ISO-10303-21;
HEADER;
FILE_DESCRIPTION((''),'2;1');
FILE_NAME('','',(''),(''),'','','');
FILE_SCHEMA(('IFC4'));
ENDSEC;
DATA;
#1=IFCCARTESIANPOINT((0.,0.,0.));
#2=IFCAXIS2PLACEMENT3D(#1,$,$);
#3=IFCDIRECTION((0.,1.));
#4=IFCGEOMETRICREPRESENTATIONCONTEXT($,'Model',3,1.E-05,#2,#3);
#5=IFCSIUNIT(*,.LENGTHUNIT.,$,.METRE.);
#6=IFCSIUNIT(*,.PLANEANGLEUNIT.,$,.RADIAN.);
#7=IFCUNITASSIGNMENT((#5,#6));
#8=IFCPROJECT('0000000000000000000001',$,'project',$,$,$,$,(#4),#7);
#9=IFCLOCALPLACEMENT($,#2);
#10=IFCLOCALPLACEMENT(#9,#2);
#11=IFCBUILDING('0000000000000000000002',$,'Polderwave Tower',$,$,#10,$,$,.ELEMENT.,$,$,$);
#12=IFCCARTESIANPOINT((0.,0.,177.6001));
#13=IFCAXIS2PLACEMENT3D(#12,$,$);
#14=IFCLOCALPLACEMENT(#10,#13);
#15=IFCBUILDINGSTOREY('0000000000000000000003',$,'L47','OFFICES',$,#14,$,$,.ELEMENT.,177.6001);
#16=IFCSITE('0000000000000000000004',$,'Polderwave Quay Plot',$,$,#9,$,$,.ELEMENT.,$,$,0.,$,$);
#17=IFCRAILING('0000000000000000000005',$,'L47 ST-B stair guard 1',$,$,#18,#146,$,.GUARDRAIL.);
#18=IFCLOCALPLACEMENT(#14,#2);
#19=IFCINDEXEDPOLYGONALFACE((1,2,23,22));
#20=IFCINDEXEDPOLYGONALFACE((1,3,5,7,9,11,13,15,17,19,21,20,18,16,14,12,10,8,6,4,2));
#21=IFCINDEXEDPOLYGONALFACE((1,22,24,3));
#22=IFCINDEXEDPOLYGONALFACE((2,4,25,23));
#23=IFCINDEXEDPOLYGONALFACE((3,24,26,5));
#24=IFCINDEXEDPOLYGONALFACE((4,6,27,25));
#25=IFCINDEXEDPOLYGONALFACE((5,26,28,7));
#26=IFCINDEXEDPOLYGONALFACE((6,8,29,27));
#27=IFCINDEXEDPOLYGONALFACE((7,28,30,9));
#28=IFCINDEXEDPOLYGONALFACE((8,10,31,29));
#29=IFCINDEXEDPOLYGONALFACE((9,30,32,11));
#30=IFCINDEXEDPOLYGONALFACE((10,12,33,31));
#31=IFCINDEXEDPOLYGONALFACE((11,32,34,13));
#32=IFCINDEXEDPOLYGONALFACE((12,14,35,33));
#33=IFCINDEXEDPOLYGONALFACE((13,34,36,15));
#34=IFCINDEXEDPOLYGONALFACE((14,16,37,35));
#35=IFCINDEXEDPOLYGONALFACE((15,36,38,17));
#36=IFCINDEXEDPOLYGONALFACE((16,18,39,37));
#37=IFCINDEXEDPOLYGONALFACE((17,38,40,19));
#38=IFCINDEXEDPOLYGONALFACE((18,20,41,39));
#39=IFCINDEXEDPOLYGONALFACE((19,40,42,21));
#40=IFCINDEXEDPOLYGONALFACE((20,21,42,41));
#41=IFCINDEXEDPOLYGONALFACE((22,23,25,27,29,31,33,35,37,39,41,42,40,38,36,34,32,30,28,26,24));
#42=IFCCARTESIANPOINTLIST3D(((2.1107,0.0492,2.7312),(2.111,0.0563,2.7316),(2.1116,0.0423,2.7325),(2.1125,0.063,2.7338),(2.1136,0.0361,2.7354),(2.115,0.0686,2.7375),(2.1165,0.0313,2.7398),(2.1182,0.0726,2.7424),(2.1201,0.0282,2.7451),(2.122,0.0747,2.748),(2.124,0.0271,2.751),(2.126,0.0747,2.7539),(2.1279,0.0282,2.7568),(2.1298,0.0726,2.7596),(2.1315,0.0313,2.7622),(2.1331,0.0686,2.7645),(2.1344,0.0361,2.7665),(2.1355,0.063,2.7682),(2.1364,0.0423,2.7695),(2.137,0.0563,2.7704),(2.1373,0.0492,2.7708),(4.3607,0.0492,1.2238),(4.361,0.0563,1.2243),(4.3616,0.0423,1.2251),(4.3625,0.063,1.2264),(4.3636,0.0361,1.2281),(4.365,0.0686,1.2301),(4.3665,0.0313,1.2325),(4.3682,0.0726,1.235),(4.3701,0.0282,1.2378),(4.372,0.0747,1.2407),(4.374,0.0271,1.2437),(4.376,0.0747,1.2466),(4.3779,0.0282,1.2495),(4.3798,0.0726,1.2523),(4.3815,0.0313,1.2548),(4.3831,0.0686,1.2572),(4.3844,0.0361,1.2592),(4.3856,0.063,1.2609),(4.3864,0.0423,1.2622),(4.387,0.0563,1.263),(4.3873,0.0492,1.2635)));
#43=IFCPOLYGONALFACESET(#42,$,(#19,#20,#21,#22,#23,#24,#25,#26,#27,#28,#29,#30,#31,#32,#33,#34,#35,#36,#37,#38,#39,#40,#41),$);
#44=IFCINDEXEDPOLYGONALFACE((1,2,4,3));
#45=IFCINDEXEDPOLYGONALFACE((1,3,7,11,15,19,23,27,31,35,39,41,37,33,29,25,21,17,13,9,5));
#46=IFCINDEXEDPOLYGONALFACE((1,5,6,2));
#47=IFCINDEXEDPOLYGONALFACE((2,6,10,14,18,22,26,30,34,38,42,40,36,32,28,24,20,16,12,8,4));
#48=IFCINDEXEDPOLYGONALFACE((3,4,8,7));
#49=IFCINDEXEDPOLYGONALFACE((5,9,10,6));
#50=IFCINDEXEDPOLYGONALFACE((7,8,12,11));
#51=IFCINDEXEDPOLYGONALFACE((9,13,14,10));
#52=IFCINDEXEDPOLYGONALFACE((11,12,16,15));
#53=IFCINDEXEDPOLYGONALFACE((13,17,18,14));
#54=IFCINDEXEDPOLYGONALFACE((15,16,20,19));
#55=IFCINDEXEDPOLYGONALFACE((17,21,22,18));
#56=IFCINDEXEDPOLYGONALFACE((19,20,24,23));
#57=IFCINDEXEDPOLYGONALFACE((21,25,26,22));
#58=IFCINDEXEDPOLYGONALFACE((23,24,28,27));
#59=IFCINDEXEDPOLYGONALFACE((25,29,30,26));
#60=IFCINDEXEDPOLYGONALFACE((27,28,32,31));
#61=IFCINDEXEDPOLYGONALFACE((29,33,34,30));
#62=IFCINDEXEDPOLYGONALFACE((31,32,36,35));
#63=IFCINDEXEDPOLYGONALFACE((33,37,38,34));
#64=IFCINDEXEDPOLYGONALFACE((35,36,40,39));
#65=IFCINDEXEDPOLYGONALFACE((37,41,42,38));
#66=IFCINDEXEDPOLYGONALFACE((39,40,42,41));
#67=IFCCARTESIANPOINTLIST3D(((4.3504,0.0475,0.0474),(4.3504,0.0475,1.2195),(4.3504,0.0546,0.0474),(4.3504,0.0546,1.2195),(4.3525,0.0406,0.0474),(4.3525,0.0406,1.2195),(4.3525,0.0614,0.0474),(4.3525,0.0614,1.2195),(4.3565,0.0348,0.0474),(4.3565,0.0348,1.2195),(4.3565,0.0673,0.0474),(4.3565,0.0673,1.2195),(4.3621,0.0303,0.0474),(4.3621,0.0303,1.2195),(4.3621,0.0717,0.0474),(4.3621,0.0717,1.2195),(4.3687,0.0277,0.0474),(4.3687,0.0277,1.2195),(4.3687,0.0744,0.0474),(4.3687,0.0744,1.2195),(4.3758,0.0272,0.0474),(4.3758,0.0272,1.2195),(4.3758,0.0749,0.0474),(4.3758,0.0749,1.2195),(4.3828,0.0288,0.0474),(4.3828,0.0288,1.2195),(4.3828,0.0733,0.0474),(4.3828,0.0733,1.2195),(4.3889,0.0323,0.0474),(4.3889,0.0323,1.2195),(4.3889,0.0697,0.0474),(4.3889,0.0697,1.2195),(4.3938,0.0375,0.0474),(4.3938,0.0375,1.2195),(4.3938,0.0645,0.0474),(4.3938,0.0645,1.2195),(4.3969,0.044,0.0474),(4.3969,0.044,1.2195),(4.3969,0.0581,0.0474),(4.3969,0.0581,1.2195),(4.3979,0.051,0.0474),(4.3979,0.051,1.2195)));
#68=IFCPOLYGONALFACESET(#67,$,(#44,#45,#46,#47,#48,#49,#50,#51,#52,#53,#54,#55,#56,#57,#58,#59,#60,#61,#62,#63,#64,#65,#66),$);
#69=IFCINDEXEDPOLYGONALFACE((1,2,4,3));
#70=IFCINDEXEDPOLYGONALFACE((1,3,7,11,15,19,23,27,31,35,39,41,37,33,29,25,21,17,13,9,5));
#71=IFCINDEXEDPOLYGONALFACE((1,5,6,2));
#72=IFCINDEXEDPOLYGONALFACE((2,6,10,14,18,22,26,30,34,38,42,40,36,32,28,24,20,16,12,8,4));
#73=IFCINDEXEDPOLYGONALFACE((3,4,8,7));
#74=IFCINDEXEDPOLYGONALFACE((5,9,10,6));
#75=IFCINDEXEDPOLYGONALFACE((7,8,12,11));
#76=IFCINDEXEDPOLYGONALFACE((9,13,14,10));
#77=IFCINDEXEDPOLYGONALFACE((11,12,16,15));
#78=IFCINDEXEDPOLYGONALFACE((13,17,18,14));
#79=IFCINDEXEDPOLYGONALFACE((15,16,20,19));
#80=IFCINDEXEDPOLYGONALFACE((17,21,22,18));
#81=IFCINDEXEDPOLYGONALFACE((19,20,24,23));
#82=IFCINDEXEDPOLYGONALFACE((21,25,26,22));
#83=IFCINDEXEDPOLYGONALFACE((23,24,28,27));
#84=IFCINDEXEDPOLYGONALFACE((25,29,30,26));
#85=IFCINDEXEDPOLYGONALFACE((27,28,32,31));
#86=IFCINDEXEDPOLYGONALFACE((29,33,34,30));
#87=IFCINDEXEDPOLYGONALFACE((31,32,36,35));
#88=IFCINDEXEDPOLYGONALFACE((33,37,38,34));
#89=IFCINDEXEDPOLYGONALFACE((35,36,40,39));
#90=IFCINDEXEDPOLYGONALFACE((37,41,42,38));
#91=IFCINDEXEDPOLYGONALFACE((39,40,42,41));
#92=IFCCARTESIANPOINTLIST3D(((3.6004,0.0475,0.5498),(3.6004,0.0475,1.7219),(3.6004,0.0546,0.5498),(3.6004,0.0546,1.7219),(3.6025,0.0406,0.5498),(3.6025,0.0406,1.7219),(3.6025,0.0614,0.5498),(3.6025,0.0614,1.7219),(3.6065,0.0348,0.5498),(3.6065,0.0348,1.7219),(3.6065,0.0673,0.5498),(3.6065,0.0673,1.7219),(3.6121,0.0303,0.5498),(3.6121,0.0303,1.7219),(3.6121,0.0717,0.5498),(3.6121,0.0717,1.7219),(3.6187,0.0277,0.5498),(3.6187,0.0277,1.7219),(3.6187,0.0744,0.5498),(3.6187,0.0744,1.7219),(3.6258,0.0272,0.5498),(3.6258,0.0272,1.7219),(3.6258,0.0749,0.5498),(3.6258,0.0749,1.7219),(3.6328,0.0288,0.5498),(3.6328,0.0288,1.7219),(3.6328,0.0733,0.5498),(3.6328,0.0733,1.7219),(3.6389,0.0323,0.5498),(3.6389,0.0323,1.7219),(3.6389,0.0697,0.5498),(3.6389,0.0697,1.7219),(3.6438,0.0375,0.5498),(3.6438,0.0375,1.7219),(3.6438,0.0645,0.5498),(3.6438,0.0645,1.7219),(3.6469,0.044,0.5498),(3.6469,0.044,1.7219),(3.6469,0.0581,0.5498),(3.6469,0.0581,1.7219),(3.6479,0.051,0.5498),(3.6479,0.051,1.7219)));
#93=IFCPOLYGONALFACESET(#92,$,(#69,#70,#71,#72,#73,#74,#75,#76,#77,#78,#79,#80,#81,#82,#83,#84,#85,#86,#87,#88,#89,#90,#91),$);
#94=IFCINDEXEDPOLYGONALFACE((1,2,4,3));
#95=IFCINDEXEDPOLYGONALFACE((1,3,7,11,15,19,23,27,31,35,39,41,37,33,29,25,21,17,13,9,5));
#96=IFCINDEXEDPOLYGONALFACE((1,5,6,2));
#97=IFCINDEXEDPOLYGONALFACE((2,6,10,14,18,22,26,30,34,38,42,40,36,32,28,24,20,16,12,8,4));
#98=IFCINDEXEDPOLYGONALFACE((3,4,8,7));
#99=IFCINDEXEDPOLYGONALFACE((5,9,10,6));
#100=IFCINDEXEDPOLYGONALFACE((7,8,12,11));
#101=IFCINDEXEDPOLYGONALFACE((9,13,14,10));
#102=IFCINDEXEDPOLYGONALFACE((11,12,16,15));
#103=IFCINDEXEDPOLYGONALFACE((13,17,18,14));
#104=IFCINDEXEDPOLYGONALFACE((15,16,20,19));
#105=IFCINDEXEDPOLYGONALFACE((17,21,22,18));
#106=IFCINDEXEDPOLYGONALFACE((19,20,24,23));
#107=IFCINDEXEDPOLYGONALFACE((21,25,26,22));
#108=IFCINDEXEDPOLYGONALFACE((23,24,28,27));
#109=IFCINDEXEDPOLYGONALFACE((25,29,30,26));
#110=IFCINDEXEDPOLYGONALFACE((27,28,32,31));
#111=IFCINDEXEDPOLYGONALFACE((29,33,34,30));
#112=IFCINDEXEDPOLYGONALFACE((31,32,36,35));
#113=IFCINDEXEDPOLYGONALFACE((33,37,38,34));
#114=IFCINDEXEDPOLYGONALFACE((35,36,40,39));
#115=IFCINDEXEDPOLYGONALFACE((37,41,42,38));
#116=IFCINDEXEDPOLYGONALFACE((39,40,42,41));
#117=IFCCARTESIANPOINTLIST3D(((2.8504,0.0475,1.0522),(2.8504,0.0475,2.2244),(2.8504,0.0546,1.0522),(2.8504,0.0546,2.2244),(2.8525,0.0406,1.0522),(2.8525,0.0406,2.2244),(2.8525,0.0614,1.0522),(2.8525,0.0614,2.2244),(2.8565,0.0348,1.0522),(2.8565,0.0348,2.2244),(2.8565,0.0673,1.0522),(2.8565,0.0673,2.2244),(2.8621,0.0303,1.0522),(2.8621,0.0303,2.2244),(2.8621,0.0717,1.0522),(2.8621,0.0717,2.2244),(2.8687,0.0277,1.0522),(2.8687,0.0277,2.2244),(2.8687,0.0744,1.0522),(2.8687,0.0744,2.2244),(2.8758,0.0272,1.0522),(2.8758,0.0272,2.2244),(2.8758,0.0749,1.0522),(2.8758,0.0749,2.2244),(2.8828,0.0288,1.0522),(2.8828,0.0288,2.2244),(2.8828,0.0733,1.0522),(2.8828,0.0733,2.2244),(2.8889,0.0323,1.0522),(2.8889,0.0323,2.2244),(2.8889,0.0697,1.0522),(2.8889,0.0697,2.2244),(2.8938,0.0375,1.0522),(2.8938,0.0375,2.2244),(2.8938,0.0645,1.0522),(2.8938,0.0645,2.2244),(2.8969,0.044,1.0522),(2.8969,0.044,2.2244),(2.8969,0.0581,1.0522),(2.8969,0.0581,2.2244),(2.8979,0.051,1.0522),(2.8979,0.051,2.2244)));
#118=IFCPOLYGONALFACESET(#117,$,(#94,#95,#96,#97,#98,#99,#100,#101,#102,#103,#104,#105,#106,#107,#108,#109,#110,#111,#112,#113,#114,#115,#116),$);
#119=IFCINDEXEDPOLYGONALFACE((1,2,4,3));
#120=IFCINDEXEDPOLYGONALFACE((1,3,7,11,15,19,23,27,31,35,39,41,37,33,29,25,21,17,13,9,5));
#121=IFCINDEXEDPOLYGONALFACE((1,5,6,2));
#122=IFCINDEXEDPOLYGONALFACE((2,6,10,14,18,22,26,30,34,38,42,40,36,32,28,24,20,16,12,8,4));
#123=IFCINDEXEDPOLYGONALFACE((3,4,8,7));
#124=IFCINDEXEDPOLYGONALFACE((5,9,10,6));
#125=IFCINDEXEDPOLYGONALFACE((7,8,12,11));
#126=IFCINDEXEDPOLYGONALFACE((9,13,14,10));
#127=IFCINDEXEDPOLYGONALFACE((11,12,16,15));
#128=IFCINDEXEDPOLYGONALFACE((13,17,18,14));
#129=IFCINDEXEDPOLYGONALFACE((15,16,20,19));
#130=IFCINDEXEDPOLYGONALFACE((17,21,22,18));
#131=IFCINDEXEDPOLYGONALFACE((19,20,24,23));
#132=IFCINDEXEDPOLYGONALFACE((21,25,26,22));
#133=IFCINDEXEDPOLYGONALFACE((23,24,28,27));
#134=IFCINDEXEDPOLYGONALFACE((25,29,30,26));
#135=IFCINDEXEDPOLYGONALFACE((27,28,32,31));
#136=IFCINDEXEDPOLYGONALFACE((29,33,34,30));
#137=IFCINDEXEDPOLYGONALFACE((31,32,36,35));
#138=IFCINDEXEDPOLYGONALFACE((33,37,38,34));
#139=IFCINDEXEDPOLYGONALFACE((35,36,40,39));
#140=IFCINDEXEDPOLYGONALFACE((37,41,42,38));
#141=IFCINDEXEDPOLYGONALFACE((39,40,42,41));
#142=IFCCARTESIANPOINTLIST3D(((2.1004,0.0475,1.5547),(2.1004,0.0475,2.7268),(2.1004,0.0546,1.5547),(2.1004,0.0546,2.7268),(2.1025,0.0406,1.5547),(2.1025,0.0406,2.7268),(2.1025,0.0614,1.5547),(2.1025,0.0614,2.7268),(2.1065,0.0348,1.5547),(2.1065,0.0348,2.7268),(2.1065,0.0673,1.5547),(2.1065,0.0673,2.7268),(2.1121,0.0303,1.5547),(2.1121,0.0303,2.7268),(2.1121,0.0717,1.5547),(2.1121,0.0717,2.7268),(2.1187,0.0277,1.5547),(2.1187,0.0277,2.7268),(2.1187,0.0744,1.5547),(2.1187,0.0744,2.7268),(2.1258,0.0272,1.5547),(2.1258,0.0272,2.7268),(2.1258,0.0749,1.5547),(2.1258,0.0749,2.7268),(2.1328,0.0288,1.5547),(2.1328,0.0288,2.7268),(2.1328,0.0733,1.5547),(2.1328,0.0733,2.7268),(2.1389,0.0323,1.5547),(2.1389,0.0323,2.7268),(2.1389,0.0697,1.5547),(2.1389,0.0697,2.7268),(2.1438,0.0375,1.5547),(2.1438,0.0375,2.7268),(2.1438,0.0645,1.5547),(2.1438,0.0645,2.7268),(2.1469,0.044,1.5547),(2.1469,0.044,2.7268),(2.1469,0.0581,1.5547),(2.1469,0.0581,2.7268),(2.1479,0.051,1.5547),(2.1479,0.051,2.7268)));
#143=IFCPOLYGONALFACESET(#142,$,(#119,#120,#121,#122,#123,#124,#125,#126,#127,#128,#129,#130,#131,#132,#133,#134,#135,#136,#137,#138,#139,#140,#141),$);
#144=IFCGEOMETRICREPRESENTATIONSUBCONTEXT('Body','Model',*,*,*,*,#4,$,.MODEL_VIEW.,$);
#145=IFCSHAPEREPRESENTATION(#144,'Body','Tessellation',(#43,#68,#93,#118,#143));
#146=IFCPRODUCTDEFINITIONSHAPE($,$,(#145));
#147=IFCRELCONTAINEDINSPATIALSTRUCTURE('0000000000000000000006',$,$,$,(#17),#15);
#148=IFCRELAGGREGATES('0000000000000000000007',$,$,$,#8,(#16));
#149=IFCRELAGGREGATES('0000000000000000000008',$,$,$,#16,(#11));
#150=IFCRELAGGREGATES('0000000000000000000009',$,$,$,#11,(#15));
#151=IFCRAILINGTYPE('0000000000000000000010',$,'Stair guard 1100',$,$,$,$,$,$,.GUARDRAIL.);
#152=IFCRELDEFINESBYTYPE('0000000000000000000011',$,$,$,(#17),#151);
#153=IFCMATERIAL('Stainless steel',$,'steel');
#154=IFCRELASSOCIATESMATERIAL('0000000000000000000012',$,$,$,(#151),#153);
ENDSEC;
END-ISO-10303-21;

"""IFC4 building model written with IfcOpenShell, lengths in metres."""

from ifc_helpers import new_model, si_unit, direction, frame, origin, origin_2d, place, context, subcontext, project, spatial, circle, extrude, material, type_object, element, save


model = new_model("IFC4")

# Units and contexts
model_context = context("Model", 3, precision=1e-05, world=origin(), true_north=direction((0.0, 1.0)))
body_context = subcontext(model_context, "Body", "Model", "MODEL_VIEW")
ifc_project = project(units=[si_unit("LENGTHUNIT", "METRE"), si_unit("PLANEANGLEUNIT", "RADIAN")], contexts=[model_context])

# Site, building, storey
site_placement = place(None, origin())
site = spatial("IfcSite", under=ifc_project, at=site_placement, Name="Polderwave Quay Plot", CompositionType="ELEMENT", RefElevation=0.0)
building_placement = place(site_placement, origin())
building = spatial("IfcBuilding", under=site, at=building_placement, Name="Polderwave Tower", CompositionType="ELEMENT")
storey_placement = place(building_placement, frame((0.0, 0.0, 177.6001)))
storey = spatial("IfcBuildingStorey", under=building, at=storey_placement, Name="L47", Description="OFFICES", CompositionType="ELEMENT", Elevation=177.6001)

# Railing
ifc_material_1 = material(Name="Stainless steel", Category="steel")
railing_type_1 = type_object("IfcRailingType", Name="Stair guard 1100", PredefinedType="GUARDRAIL", material=ifc_material_1)
railing_1_placement = place(storey_placement, frame((4.374, 0.051, 0.0474)))
element("IfcRailing", 1, at=railing_1_placement, inside=storey, type_object=railing_type_1, Name="L47 ST-B stair guard 1", PredefinedType="GUARDRAIL", context=body_context, shape_type="SweptSolid", body=[
    extrude(circle(Radius=0.0239, at=origin_2d()), frame((0.0, 0.0, 1.1963), z_axis=(-0.8308, 0.0, 0.556571), x_axis=(0.0, -1.0, 0.0)), (0.0, 0.0, 1.0), 2.7083),
    extrude(circle(Radius=0.0239, at=origin_2d()), origin(), (0.0, 0.0, 1.0), 1.1721),
    extrude(circle(Radius=0.0239, at=origin_2d()), frame((-0.75, 0.0, 0.5024)), (0.0, 0.0, 1.0), 1.1721),
    extrude(circle(Radius=0.0239, at=origin_2d()), frame((-1.5, 0.0, 1.0049)), (0.0, 0.0, 1.0), 1.1721),
    extrude(circle(Radius=0.0239, at=origin_2d()), frame((-2.25, 0.0, 1.5073)), (0.0, 0.0, 1.0), 1.1721),
])

save(model, "model.ifc")
